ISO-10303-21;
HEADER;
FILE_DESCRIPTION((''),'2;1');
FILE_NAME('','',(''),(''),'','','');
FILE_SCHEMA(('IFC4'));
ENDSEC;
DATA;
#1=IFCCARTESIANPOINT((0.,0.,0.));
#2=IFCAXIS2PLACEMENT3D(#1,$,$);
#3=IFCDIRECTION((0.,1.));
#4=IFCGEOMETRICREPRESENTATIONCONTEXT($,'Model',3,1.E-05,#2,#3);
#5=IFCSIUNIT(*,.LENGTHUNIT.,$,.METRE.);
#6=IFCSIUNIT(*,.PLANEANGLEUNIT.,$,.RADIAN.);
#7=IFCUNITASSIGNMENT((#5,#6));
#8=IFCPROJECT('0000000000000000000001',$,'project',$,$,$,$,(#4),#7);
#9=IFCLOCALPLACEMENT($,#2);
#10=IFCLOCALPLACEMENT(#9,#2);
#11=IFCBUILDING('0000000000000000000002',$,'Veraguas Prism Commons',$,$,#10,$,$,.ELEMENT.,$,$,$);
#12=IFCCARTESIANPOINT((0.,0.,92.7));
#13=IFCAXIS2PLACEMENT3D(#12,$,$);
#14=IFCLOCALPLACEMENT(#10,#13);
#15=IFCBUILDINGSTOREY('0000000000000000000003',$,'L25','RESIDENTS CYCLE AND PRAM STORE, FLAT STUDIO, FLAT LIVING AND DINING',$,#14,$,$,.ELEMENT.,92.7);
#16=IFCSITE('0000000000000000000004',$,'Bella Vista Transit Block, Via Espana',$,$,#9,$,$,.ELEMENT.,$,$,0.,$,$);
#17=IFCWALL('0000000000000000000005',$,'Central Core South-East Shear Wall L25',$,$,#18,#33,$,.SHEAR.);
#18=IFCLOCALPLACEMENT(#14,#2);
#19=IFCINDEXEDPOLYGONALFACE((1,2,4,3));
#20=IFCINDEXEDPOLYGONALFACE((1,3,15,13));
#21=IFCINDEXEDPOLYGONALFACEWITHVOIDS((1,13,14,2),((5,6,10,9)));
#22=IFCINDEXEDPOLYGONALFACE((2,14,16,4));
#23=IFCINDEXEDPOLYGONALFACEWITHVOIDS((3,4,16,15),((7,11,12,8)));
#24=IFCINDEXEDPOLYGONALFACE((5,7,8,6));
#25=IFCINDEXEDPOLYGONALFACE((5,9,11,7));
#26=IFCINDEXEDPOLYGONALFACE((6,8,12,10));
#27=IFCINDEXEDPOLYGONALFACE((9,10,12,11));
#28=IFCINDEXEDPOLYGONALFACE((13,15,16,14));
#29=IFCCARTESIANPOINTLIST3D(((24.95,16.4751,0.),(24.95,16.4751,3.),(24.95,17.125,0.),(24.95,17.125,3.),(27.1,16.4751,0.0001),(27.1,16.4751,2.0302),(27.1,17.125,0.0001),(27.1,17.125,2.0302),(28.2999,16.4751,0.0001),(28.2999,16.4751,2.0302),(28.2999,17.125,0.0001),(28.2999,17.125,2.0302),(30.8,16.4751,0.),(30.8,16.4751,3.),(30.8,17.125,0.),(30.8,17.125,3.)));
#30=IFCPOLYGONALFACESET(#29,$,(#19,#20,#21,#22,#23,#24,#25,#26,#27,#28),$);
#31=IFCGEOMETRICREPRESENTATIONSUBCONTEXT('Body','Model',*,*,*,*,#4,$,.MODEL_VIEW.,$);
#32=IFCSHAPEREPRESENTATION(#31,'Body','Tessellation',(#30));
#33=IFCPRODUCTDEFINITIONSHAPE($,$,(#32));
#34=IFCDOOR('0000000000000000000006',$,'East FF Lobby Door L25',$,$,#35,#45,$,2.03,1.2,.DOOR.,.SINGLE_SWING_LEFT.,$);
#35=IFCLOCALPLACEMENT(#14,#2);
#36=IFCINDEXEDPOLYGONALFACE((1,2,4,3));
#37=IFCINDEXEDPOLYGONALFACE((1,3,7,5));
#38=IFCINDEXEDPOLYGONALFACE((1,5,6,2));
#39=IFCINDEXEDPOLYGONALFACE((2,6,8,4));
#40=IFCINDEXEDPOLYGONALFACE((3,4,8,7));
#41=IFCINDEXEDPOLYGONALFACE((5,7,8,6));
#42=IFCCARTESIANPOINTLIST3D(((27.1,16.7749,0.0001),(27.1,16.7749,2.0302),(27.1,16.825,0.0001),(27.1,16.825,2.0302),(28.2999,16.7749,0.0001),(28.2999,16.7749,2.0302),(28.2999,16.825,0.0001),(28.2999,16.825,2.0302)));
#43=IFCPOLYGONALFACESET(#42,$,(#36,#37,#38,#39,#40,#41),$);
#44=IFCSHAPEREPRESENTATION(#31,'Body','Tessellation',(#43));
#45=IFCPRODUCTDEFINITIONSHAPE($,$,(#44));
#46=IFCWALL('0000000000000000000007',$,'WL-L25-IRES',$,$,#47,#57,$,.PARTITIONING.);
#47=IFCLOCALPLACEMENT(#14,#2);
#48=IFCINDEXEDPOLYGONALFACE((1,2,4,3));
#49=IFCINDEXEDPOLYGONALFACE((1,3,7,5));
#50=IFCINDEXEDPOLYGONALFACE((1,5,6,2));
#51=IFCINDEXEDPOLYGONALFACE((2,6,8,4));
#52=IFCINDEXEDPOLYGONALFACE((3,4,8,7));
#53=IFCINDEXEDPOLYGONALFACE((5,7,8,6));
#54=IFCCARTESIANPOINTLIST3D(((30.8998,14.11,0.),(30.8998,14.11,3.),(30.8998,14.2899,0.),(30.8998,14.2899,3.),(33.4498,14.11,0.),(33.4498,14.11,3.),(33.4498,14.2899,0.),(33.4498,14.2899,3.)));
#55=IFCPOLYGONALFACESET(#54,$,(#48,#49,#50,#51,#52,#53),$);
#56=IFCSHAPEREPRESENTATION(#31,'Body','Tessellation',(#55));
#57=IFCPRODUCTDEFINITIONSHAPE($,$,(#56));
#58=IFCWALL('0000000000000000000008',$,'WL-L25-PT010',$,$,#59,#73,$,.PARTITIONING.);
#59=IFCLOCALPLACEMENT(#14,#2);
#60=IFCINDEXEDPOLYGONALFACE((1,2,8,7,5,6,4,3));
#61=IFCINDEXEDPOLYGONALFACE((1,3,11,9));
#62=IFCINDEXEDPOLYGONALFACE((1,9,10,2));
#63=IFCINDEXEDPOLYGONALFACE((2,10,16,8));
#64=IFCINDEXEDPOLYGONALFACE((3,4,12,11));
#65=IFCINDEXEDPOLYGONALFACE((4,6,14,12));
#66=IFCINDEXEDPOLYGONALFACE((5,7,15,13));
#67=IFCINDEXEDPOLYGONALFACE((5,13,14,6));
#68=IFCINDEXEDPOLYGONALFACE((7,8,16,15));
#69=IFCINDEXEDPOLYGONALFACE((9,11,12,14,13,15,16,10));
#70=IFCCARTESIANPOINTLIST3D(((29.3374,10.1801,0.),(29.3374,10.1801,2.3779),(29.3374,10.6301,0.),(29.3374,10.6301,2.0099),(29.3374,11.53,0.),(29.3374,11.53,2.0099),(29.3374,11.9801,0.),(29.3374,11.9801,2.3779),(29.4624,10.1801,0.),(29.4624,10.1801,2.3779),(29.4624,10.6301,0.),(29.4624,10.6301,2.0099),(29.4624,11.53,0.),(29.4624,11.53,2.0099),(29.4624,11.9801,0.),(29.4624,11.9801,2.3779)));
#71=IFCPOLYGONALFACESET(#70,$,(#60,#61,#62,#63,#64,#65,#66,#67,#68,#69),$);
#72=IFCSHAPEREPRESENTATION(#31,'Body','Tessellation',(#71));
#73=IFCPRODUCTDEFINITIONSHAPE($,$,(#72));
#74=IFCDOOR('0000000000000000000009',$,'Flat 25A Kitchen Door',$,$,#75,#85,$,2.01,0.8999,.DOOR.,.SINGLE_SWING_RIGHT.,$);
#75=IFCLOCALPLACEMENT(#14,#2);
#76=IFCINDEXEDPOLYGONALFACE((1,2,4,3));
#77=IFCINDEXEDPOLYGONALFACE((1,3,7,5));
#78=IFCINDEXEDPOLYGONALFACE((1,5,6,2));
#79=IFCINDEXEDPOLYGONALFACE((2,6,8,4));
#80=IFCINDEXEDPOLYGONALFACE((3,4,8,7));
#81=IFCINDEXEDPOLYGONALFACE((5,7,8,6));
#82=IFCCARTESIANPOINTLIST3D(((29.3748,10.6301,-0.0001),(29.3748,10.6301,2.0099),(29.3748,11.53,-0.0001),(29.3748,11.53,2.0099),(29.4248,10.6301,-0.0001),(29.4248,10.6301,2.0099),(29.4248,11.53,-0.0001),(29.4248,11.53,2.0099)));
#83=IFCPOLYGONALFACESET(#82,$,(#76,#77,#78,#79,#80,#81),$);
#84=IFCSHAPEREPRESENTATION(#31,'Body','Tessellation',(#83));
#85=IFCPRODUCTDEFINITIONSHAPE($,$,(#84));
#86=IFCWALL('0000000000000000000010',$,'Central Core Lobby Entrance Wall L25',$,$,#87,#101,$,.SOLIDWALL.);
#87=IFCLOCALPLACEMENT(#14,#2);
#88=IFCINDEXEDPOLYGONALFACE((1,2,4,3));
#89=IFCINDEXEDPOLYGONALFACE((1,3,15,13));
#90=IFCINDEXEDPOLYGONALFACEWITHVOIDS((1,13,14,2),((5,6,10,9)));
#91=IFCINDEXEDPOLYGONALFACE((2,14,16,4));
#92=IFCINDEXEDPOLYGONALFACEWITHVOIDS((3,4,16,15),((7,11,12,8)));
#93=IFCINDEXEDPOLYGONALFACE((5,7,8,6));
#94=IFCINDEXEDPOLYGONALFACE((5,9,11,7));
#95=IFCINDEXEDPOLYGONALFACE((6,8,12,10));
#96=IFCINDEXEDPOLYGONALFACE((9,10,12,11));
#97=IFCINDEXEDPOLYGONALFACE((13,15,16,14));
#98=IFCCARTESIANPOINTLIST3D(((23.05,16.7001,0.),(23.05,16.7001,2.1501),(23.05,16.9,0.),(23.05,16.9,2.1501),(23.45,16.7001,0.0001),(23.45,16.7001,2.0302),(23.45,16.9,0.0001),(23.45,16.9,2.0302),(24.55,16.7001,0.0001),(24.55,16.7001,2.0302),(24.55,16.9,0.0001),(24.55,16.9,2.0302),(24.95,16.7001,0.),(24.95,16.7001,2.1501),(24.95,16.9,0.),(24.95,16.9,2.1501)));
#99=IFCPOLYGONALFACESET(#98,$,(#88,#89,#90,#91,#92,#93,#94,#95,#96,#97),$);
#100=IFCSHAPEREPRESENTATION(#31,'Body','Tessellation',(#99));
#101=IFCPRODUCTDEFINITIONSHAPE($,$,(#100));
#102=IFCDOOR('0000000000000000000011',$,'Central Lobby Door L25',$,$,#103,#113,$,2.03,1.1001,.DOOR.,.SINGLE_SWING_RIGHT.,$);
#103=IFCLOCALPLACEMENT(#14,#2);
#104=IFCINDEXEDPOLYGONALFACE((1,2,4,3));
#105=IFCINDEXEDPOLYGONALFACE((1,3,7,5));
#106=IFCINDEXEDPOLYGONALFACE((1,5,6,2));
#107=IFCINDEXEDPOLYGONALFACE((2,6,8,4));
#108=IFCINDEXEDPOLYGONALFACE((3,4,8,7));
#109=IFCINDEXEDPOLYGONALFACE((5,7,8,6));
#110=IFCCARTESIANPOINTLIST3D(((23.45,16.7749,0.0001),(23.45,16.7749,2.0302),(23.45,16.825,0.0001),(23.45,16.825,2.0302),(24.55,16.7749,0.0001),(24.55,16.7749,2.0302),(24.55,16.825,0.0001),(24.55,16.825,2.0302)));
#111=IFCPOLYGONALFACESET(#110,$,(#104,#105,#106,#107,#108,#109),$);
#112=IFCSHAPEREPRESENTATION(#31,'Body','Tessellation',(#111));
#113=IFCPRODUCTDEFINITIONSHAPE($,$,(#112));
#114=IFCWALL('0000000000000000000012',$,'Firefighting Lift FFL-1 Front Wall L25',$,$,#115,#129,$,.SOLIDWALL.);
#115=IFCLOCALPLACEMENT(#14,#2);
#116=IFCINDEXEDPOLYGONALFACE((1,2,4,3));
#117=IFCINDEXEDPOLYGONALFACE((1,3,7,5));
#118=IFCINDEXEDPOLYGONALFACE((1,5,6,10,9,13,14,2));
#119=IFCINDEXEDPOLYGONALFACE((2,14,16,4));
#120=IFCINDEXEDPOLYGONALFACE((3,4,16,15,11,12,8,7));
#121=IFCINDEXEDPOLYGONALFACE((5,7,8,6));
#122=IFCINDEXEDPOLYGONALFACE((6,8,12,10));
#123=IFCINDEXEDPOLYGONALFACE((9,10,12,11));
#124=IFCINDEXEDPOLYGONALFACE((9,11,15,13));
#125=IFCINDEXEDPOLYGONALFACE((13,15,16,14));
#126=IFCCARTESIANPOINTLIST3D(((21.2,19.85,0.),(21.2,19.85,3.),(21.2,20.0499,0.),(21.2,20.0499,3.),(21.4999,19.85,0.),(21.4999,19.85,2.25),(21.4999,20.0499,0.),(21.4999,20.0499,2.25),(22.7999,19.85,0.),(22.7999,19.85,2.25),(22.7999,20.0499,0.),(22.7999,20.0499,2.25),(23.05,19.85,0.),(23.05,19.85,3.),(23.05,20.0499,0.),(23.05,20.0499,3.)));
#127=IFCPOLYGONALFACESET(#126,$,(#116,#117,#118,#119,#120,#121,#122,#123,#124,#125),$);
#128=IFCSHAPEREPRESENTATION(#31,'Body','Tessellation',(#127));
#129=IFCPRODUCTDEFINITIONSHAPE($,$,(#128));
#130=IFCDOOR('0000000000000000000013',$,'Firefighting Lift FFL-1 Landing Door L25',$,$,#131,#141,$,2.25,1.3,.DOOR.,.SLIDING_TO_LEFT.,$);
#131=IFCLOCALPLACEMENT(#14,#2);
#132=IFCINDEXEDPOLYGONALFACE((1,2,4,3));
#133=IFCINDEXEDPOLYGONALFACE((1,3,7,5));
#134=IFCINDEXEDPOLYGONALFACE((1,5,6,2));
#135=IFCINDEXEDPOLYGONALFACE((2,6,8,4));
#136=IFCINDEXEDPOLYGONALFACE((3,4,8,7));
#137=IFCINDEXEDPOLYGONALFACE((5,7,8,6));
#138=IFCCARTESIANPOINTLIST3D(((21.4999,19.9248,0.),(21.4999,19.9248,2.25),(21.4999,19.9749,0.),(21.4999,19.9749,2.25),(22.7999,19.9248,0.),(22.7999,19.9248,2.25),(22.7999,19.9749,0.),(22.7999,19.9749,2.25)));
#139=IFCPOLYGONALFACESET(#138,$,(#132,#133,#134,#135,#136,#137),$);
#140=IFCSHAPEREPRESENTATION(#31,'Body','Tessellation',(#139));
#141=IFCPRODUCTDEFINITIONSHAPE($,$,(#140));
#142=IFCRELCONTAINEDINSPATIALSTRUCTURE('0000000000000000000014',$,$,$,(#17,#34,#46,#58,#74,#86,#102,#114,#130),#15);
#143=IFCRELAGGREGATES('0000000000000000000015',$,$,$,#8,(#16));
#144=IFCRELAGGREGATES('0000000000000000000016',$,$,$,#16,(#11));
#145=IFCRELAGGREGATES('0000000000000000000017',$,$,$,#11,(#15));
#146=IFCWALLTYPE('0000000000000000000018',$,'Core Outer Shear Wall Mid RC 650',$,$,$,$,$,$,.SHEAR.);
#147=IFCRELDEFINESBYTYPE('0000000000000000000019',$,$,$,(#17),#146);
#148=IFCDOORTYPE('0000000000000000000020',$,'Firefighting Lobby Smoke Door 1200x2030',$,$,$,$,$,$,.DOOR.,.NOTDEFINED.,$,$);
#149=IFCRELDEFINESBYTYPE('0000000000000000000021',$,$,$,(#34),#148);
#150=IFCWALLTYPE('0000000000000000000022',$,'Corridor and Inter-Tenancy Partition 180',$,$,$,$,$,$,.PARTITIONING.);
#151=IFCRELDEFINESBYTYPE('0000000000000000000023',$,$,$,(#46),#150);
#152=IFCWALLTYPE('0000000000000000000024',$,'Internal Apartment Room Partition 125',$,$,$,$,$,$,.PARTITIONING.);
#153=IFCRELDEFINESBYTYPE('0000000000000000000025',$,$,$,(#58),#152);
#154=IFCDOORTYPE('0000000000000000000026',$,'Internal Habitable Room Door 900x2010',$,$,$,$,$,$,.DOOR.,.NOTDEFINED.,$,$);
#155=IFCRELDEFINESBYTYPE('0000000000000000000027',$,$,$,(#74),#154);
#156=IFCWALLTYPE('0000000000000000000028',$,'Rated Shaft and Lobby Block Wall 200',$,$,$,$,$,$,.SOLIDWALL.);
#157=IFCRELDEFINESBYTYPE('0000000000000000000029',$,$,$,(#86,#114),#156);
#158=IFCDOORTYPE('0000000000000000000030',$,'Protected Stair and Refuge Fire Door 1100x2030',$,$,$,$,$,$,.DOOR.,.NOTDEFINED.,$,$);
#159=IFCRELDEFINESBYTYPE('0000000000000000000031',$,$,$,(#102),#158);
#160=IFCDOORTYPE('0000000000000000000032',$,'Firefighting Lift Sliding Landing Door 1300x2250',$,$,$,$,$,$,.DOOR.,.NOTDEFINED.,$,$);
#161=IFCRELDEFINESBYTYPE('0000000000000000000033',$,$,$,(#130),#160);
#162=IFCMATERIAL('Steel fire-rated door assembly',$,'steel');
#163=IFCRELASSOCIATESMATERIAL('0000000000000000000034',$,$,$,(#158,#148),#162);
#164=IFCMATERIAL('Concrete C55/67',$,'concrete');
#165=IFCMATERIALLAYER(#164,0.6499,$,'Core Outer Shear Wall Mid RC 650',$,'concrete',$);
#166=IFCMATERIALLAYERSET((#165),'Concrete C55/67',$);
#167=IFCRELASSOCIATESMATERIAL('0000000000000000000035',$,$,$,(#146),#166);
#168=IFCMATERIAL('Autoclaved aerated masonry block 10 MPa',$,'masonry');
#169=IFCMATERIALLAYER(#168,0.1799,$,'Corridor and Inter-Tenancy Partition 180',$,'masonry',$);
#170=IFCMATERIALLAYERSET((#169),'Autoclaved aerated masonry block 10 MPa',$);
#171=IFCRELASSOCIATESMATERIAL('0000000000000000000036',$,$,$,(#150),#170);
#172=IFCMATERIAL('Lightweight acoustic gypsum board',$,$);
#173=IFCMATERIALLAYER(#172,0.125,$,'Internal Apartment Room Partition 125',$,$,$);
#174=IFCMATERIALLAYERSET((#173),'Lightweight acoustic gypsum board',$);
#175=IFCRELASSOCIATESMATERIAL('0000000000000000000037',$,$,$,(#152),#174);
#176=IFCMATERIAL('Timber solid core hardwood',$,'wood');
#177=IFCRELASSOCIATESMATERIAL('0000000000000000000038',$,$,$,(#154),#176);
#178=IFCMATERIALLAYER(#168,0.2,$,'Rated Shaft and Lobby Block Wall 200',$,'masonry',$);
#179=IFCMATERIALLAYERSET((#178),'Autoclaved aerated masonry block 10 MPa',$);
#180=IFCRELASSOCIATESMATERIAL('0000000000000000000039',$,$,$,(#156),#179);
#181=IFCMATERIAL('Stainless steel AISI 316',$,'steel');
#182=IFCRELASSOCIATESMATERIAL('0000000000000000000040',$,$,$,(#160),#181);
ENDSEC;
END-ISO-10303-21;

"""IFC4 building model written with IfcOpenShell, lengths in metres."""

from ifc_helpers import new_model, si_unit, direction, frame, frame_2d, origin, place, context, subcontext, project, spatial, rectangle, extrude, source, transform, mapped, material, layer, layer_set, type_object, element, fill, save


model = new_model("IFC4")

# Units and contexts
model_context = context("Model", 3, precision=1e-05, world=origin(), true_north=direction((0.0, 1.0)))
body_context = subcontext(model_context, "Body", "Model", "MODEL_VIEW")
ifc_project = project(units=[si_unit("LENGTHUNIT", "METRE"), si_unit("PLANEANGLEUNIT", "RADIAN")], contexts=[model_context])

# Site, building, storey
site_placement = place(None, origin())
site = spatial("IfcSite", under=ifc_project, at=site_placement, Name="Bella Vista Transit Block, Via Espana", CompositionType="ELEMENT", RefElevation=0.0)
building_placement = place(site_placement, origin())
building = spatial("IfcBuilding", under=site, at=building_placement, Name="Veraguas Prism Commons", CompositionType="ELEMENT")
storey_placement = place(building_placement, frame((0.0, 0.0, 92.7)))
storey = spatial("IfcBuildingStorey", under=building, at=storey_placement, Name="L25", Description="RESIDENTS CYCLE AND PRAM STORE, FLAT STUDIO, FLAT LIVING AND DINING", CompositionType="ELEMENT", Elevation=92.7)

# Shared definitions
ifc_material_1 = material(Name="Steel fire-rated door assembly", Category="steel")
door_type_1 = type_object("IfcDoorType", Name="Protected Stair and Refuge Fire Door 1100x2030", OperationType="NOTDEFINED", PredefinedType="DOOR", material=ifc_material_1)
shared_shape_1 = source(origin(), body_context, "Body", "SweptSolid", [
    extrude(rectangle(XDim=1.1001, YDim=2.03, at=frame_2d((0.55, 1.0151))), frame((0.0, 0.0249, 0.0), z_axis=(0.0, -1.0, 0.0), x_axis=(1.0, 0.0, 0.0)), (0.0, 0.0, 1.0), 0.05),
])

# Shared definitions
ifc_material_2 = material(Name="Concrete C55/67", Category="concrete")
ifc_layer_1 = layer(ifc_material_2, 0.6499, Name="Core Outer Shear Wall Mid RC 650", Category="concrete")
ifc_layer_set_1 = layer_set([ifc_layer_1], Name="Concrete C55/67")
wall_type_1 = type_object("IfcWallType", Name="Core Outer Shear Wall Mid RC 650", PredefinedType="SHEAR", material=ifc_layer_set_1)

# Wall, opening, door
wall_1_placement = place(storey_placement, frame((24.95, 16.8, 0.0), z_axis=(0.0, 0.0, 1.0), x_axis=(1.0, 0.0, 0.0)))
wall_1 = element("IfcWall", 1, at=wall_1_placement, inside=storey, type_object=wall_type_1, Name="Central Core South-East Shear Wall L25", PredefinedType="SHEAR", context=body_context, shape_type="SweptSolid", body=[
    extrude(rectangle(XDim=5.8501, YDim=0.6499, at=frame_2d((2.925, 0.0))), origin(), (0.0, 0.0, 1.0), 3.0),
])
opening_1_placement = place(wall_1_placement, frame((2.1499, 0.0, 0.0)))
opening_1 = element("IfcOpeningElement", 2, at=opening_1_placement, cuts=wall_1, PredefinedType="OPENING", context=body_context, shape_type="SweptSolid", body=[
    extrude(rectangle(XDim=1.2, YDim=2.03, at=frame_2d((0.6001, 1.0151))), frame((0.0, 0.335, 0.0), z_axis=(0.0, -1.0, 0.0), x_axis=(1.0, 0.0, 0.0)), (0.0, 0.0, 1.0), 0.6699),
])
door_type_2 = type_object("IfcDoorType", Name="Firefighting Lobby Smoke Door 1200x2030", OperationType="NOTDEFINED", PredefinedType="DOOR", material=ifc_material_1)
shared_shape_2 = source(origin(), body_context, "Body", "SweptSolid", [
    extrude(rectangle(XDim=1.2, YDim=2.03, at=frame_2d((0.6001, 1.0151))), frame((0.0, 0.0249, 0.0), z_axis=(0.0, -1.0, 0.0), x_axis=(1.0, 0.0, 0.0)), (0.0, 0.0, 1.0), 0.05),
])
door_1_placement = place(opening_1_placement, origin())
door_1 = element("IfcDoor", 3, at=door_1_placement, inside=storey, type_object=door_type_2, Name="East FF Lobby Door L25", OperationType="SINGLE_SWING_LEFT", OverallHeight=2.03, OverallWidth=1.2, PredefinedType="DOOR", context=body_context, shape_type="MappedRepresentation", body=[
    mapped(shared_shape_2, transform((0.0, 0.0, 0.0), scale=1.0)),
])
fill(opening_1, door_1)

# Wall
ifc_material_3 = material(Name="Autoclaved aerated masonry block 10 MPa", Category="masonry")
ifc_layer_2 = layer(ifc_material_3, 0.1799, Name="Corridor and Inter-Tenancy Partition 180", Category="masonry")
ifc_layer_set_2 = layer_set([ifc_layer_2], Name="Autoclaved aerated masonry block 10 MPa")
wall_type_2 = type_object("IfcWallType", Name="Corridor and Inter-Tenancy Partition 180", PredefinedType="PARTITIONING", material=ifc_layer_set_2)
wall_2_placement = place(storey_placement, frame((30.8999, 14.2, 0.0), z_axis=(0.0, 0.0, 1.0), x_axis=(1.0, 0.0, 0.0)))
element("IfcWall", 4, at=wall_2_placement, inside=storey, type_object=wall_type_2, Name="WL-L25-IRES", PredefinedType="PARTITIONING", context=body_context, shape_type="SweptSolid", body=[
    extrude(rectangle(XDim=2.55, YDim=0.1799, at=frame_2d((1.2749, 0.0))), origin(), (0.0, 0.0, 1.0), 3.0),
])

# Walls, openings, doors
ifc_material_4 = material(Name="Lightweight acoustic gypsum board")
ifc_layer_3 = layer(ifc_material_4, 0.125, Name="Internal Apartment Room Partition 125")
ifc_layer_set_3 = layer_set([ifc_layer_3], Name="Lightweight acoustic gypsum board")
wall_type_3 = type_object("IfcWallType", Name="Internal Apartment Room Partition 125", PredefinedType="PARTITIONING", material=ifc_layer_set_3)
wall_3_placement = place(storey_placement, frame((29.3999, 11.98, 0.0), z_axis=(0.0, 0.0, 1.0), x_axis=(0.0, -1.0, 0.0)))
wall_3 = element("IfcWall", 5, at=wall_3_placement, inside=storey, type_object=wall_type_3, Name="WL-L25-PT010", PredefinedType="PARTITIONING", context=body_context, shape_type="SweptSolid", body=[
    extrude(rectangle(XDim=1.8, YDim=0.125, at=frame_2d((0.8999, 0.0))), origin(), (0.0, 0.0, 1.0), 2.3779),
])
opening_2_placement = place(wall_3_placement, frame((0.45, 0.0, 0.0)))
opening_2 = element("IfcOpeningElement", 6, at=opening_2_placement, cuts=wall_3, PredefinedType="OPENING", context=body_context, shape_type="SweptSolid", body=[
    extrude(rectangle(XDim=0.8999, YDim=2.01, at=frame_2d((0.45, 1.0049))), frame((0.0, 0.0725, 0.0), z_axis=(0.0, -1.0, 0.0), x_axis=(1.0, 0.0, 0.0)), (0.0, 0.0, 1.0), 0.145),
])
ifc_material_5 = material(Name="Timber solid core hardwood", Category="wood")
door_type_3 = type_object("IfcDoorType", Name="Internal Habitable Room Door 900x2010", OperationType="NOTDEFINED", PredefinedType="DOOR", material=ifc_material_5)
shared_shape_3 = source(origin(), body_context, "Body", "SweptSolid", [
    extrude(rectangle(XDim=0.8999, YDim=2.01, at=frame_2d((0.45, 1.0049))), frame((0.0, 0.0249, 0.0), z_axis=(0.0, -1.0, 0.0), x_axis=(1.0, 0.0, 0.0)), (0.0, 0.0, 1.0), 0.05),
])
door_2_placement = place(opening_2_placement, origin())
door_2 = element("IfcDoor", 7, at=door_2_placement, inside=storey, type_object=door_type_3, Name="Flat 25A Kitchen Door", OperationType="SINGLE_SWING_RIGHT", OverallHeight=2.01, OverallWidth=0.8999, PredefinedType="DOOR", context=body_context, shape_type="MappedRepresentation", body=[
    mapped(shared_shape_3, transform((0.0, 0.0, 0.0), scale=1.0)),
])
fill(opening_2, door_2)
ifc_layer_4 = layer(ifc_material_3, 0.2, Name="Rated Shaft and Lobby Block Wall 200", Category="masonry")
ifc_layer_set_4 = layer_set([ifc_layer_4], Name="Autoclaved aerated masonry block 10 MPa")
wall_type_4 = type_object("IfcWallType", Name="Rated Shaft and Lobby Block Wall 200", PredefinedType="SOLIDWALL", material=ifc_layer_set_4)
wall_4_placement = place(storey_placement, frame((23.05, 16.8, 0.0), z_axis=(0.0, 0.0, 1.0), x_axis=(1.0, 0.0, 0.0)))
wall_4 = element("IfcWall", 8, at=wall_4_placement, inside=storey, type_object=wall_type_4, Name="Central Core Lobby Entrance Wall L25", PredefinedType="SOLIDWALL", context=body_context, shape_type="SweptSolid", body=[
    extrude(rectangle(XDim=1.8999, YDim=0.2, at=frame_2d((0.95, 0.0))), origin(), (0.0, 0.0, 1.0), 2.1501),
])
opening_3_placement = place(wall_4_placement, frame((0.3999, 0.0, 0.0)))
opening_3 = element("IfcOpeningElement", 9, at=opening_3_placement, cuts=wall_4, PredefinedType="OPENING", context=body_context, shape_type="SweptSolid", body=[
    extrude(rectangle(XDim=1.1001, YDim=2.03, at=frame_2d((0.55, 1.0151))), frame((0.0, 0.1099, 0.0), z_axis=(0.0, -1.0, 0.0), x_axis=(1.0, 0.0, 0.0)), (0.0, 0.0, 1.0), 0.22),
])
door_3_placement = place(opening_3_placement, origin())
door_3 = element("IfcDoor", 10, at=door_3_placement, inside=storey, type_object=door_type_1, Name="Central Lobby Door L25", OperationType="SINGLE_SWING_RIGHT", OverallHeight=2.03, OverallWidth=1.1001, PredefinedType="DOOR", context=body_context, shape_type="MappedRepresentation", body=[
    mapped(shared_shape_1, transform((0.0, 0.0, 0.0), scale=1.0)),
])
fill(opening_3, door_3)
wall_5_placement = place(storey_placement, frame((21.2, 19.95, 0.0), z_axis=(0.0, 0.0, 1.0), x_axis=(1.0, 0.0, 0.0)))
wall_5 = element("IfcWall", 11, at=wall_5_placement, inside=storey, type_object=wall_type_4, Name="Firefighting Lift FFL-1 Front Wall L25", PredefinedType="SOLIDWALL", context=body_context, shape_type="SweptSolid", body=[
    extrude(rectangle(XDim=1.8501, YDim=0.2, at=frame_2d((0.925, 0.0))), origin(), (0.0, 0.0, 1.0), 3.0),
])
opening_4_placement = place(wall_5_placement, frame((0.3, 0.0, 0.0)))
opening_4 = element("IfcOpeningElement", 12, at=opening_4_placement, cuts=wall_5, PredefinedType="OPENING", context=body_context, shape_type="SweptSolid", body=[
    extrude(rectangle(XDim=1.3, YDim=2.25, at=frame_2d((0.6499, 1.125))), frame((0.0, 0.1099, 0.0), z_axis=(0.0, -1.0, 0.0), x_axis=(1.0, 0.0, 0.0)), (0.0, 0.0, 1.0), 0.22),
])
ifc_material_6 = material(Name="Stainless steel AISI 316", Category="steel")
door_type_4 = type_object("IfcDoorType", Name="Firefighting Lift Sliding Landing Door 1300x2250", OperationType="NOTDEFINED", PredefinedType="DOOR", material=ifc_material_6)
shared_shape_4 = source(origin(), body_context, "Body", "SweptSolid", [
    extrude(rectangle(XDim=1.3, YDim=2.25, at=frame_2d((0.6499, 1.125))), frame((0.0, 0.0249, 0.0), z_axis=(0.0, -1.0, 0.0), x_axis=(1.0, 0.0, 0.0)), (0.0, 0.0, 1.0), 0.05),
])
door_4_placement = place(opening_4_placement, origin())
door_4 = element("IfcDoor", 13, at=door_4_placement, inside=storey, type_object=door_type_4, Name="Firefighting Lift FFL-1 Landing Door L25", OperationType="SLIDING_TO_LEFT", OverallHeight=2.25, OverallWidth=1.3, PredefinedType="DOOR", context=body_context, shape_type="MappedRepresentation", body=[
    mapped(shared_shape_4, transform((0.0, 0.0, 0.0), scale=1.0)),
])
fill(opening_4, door_4)

save(model, "model.ifc")
